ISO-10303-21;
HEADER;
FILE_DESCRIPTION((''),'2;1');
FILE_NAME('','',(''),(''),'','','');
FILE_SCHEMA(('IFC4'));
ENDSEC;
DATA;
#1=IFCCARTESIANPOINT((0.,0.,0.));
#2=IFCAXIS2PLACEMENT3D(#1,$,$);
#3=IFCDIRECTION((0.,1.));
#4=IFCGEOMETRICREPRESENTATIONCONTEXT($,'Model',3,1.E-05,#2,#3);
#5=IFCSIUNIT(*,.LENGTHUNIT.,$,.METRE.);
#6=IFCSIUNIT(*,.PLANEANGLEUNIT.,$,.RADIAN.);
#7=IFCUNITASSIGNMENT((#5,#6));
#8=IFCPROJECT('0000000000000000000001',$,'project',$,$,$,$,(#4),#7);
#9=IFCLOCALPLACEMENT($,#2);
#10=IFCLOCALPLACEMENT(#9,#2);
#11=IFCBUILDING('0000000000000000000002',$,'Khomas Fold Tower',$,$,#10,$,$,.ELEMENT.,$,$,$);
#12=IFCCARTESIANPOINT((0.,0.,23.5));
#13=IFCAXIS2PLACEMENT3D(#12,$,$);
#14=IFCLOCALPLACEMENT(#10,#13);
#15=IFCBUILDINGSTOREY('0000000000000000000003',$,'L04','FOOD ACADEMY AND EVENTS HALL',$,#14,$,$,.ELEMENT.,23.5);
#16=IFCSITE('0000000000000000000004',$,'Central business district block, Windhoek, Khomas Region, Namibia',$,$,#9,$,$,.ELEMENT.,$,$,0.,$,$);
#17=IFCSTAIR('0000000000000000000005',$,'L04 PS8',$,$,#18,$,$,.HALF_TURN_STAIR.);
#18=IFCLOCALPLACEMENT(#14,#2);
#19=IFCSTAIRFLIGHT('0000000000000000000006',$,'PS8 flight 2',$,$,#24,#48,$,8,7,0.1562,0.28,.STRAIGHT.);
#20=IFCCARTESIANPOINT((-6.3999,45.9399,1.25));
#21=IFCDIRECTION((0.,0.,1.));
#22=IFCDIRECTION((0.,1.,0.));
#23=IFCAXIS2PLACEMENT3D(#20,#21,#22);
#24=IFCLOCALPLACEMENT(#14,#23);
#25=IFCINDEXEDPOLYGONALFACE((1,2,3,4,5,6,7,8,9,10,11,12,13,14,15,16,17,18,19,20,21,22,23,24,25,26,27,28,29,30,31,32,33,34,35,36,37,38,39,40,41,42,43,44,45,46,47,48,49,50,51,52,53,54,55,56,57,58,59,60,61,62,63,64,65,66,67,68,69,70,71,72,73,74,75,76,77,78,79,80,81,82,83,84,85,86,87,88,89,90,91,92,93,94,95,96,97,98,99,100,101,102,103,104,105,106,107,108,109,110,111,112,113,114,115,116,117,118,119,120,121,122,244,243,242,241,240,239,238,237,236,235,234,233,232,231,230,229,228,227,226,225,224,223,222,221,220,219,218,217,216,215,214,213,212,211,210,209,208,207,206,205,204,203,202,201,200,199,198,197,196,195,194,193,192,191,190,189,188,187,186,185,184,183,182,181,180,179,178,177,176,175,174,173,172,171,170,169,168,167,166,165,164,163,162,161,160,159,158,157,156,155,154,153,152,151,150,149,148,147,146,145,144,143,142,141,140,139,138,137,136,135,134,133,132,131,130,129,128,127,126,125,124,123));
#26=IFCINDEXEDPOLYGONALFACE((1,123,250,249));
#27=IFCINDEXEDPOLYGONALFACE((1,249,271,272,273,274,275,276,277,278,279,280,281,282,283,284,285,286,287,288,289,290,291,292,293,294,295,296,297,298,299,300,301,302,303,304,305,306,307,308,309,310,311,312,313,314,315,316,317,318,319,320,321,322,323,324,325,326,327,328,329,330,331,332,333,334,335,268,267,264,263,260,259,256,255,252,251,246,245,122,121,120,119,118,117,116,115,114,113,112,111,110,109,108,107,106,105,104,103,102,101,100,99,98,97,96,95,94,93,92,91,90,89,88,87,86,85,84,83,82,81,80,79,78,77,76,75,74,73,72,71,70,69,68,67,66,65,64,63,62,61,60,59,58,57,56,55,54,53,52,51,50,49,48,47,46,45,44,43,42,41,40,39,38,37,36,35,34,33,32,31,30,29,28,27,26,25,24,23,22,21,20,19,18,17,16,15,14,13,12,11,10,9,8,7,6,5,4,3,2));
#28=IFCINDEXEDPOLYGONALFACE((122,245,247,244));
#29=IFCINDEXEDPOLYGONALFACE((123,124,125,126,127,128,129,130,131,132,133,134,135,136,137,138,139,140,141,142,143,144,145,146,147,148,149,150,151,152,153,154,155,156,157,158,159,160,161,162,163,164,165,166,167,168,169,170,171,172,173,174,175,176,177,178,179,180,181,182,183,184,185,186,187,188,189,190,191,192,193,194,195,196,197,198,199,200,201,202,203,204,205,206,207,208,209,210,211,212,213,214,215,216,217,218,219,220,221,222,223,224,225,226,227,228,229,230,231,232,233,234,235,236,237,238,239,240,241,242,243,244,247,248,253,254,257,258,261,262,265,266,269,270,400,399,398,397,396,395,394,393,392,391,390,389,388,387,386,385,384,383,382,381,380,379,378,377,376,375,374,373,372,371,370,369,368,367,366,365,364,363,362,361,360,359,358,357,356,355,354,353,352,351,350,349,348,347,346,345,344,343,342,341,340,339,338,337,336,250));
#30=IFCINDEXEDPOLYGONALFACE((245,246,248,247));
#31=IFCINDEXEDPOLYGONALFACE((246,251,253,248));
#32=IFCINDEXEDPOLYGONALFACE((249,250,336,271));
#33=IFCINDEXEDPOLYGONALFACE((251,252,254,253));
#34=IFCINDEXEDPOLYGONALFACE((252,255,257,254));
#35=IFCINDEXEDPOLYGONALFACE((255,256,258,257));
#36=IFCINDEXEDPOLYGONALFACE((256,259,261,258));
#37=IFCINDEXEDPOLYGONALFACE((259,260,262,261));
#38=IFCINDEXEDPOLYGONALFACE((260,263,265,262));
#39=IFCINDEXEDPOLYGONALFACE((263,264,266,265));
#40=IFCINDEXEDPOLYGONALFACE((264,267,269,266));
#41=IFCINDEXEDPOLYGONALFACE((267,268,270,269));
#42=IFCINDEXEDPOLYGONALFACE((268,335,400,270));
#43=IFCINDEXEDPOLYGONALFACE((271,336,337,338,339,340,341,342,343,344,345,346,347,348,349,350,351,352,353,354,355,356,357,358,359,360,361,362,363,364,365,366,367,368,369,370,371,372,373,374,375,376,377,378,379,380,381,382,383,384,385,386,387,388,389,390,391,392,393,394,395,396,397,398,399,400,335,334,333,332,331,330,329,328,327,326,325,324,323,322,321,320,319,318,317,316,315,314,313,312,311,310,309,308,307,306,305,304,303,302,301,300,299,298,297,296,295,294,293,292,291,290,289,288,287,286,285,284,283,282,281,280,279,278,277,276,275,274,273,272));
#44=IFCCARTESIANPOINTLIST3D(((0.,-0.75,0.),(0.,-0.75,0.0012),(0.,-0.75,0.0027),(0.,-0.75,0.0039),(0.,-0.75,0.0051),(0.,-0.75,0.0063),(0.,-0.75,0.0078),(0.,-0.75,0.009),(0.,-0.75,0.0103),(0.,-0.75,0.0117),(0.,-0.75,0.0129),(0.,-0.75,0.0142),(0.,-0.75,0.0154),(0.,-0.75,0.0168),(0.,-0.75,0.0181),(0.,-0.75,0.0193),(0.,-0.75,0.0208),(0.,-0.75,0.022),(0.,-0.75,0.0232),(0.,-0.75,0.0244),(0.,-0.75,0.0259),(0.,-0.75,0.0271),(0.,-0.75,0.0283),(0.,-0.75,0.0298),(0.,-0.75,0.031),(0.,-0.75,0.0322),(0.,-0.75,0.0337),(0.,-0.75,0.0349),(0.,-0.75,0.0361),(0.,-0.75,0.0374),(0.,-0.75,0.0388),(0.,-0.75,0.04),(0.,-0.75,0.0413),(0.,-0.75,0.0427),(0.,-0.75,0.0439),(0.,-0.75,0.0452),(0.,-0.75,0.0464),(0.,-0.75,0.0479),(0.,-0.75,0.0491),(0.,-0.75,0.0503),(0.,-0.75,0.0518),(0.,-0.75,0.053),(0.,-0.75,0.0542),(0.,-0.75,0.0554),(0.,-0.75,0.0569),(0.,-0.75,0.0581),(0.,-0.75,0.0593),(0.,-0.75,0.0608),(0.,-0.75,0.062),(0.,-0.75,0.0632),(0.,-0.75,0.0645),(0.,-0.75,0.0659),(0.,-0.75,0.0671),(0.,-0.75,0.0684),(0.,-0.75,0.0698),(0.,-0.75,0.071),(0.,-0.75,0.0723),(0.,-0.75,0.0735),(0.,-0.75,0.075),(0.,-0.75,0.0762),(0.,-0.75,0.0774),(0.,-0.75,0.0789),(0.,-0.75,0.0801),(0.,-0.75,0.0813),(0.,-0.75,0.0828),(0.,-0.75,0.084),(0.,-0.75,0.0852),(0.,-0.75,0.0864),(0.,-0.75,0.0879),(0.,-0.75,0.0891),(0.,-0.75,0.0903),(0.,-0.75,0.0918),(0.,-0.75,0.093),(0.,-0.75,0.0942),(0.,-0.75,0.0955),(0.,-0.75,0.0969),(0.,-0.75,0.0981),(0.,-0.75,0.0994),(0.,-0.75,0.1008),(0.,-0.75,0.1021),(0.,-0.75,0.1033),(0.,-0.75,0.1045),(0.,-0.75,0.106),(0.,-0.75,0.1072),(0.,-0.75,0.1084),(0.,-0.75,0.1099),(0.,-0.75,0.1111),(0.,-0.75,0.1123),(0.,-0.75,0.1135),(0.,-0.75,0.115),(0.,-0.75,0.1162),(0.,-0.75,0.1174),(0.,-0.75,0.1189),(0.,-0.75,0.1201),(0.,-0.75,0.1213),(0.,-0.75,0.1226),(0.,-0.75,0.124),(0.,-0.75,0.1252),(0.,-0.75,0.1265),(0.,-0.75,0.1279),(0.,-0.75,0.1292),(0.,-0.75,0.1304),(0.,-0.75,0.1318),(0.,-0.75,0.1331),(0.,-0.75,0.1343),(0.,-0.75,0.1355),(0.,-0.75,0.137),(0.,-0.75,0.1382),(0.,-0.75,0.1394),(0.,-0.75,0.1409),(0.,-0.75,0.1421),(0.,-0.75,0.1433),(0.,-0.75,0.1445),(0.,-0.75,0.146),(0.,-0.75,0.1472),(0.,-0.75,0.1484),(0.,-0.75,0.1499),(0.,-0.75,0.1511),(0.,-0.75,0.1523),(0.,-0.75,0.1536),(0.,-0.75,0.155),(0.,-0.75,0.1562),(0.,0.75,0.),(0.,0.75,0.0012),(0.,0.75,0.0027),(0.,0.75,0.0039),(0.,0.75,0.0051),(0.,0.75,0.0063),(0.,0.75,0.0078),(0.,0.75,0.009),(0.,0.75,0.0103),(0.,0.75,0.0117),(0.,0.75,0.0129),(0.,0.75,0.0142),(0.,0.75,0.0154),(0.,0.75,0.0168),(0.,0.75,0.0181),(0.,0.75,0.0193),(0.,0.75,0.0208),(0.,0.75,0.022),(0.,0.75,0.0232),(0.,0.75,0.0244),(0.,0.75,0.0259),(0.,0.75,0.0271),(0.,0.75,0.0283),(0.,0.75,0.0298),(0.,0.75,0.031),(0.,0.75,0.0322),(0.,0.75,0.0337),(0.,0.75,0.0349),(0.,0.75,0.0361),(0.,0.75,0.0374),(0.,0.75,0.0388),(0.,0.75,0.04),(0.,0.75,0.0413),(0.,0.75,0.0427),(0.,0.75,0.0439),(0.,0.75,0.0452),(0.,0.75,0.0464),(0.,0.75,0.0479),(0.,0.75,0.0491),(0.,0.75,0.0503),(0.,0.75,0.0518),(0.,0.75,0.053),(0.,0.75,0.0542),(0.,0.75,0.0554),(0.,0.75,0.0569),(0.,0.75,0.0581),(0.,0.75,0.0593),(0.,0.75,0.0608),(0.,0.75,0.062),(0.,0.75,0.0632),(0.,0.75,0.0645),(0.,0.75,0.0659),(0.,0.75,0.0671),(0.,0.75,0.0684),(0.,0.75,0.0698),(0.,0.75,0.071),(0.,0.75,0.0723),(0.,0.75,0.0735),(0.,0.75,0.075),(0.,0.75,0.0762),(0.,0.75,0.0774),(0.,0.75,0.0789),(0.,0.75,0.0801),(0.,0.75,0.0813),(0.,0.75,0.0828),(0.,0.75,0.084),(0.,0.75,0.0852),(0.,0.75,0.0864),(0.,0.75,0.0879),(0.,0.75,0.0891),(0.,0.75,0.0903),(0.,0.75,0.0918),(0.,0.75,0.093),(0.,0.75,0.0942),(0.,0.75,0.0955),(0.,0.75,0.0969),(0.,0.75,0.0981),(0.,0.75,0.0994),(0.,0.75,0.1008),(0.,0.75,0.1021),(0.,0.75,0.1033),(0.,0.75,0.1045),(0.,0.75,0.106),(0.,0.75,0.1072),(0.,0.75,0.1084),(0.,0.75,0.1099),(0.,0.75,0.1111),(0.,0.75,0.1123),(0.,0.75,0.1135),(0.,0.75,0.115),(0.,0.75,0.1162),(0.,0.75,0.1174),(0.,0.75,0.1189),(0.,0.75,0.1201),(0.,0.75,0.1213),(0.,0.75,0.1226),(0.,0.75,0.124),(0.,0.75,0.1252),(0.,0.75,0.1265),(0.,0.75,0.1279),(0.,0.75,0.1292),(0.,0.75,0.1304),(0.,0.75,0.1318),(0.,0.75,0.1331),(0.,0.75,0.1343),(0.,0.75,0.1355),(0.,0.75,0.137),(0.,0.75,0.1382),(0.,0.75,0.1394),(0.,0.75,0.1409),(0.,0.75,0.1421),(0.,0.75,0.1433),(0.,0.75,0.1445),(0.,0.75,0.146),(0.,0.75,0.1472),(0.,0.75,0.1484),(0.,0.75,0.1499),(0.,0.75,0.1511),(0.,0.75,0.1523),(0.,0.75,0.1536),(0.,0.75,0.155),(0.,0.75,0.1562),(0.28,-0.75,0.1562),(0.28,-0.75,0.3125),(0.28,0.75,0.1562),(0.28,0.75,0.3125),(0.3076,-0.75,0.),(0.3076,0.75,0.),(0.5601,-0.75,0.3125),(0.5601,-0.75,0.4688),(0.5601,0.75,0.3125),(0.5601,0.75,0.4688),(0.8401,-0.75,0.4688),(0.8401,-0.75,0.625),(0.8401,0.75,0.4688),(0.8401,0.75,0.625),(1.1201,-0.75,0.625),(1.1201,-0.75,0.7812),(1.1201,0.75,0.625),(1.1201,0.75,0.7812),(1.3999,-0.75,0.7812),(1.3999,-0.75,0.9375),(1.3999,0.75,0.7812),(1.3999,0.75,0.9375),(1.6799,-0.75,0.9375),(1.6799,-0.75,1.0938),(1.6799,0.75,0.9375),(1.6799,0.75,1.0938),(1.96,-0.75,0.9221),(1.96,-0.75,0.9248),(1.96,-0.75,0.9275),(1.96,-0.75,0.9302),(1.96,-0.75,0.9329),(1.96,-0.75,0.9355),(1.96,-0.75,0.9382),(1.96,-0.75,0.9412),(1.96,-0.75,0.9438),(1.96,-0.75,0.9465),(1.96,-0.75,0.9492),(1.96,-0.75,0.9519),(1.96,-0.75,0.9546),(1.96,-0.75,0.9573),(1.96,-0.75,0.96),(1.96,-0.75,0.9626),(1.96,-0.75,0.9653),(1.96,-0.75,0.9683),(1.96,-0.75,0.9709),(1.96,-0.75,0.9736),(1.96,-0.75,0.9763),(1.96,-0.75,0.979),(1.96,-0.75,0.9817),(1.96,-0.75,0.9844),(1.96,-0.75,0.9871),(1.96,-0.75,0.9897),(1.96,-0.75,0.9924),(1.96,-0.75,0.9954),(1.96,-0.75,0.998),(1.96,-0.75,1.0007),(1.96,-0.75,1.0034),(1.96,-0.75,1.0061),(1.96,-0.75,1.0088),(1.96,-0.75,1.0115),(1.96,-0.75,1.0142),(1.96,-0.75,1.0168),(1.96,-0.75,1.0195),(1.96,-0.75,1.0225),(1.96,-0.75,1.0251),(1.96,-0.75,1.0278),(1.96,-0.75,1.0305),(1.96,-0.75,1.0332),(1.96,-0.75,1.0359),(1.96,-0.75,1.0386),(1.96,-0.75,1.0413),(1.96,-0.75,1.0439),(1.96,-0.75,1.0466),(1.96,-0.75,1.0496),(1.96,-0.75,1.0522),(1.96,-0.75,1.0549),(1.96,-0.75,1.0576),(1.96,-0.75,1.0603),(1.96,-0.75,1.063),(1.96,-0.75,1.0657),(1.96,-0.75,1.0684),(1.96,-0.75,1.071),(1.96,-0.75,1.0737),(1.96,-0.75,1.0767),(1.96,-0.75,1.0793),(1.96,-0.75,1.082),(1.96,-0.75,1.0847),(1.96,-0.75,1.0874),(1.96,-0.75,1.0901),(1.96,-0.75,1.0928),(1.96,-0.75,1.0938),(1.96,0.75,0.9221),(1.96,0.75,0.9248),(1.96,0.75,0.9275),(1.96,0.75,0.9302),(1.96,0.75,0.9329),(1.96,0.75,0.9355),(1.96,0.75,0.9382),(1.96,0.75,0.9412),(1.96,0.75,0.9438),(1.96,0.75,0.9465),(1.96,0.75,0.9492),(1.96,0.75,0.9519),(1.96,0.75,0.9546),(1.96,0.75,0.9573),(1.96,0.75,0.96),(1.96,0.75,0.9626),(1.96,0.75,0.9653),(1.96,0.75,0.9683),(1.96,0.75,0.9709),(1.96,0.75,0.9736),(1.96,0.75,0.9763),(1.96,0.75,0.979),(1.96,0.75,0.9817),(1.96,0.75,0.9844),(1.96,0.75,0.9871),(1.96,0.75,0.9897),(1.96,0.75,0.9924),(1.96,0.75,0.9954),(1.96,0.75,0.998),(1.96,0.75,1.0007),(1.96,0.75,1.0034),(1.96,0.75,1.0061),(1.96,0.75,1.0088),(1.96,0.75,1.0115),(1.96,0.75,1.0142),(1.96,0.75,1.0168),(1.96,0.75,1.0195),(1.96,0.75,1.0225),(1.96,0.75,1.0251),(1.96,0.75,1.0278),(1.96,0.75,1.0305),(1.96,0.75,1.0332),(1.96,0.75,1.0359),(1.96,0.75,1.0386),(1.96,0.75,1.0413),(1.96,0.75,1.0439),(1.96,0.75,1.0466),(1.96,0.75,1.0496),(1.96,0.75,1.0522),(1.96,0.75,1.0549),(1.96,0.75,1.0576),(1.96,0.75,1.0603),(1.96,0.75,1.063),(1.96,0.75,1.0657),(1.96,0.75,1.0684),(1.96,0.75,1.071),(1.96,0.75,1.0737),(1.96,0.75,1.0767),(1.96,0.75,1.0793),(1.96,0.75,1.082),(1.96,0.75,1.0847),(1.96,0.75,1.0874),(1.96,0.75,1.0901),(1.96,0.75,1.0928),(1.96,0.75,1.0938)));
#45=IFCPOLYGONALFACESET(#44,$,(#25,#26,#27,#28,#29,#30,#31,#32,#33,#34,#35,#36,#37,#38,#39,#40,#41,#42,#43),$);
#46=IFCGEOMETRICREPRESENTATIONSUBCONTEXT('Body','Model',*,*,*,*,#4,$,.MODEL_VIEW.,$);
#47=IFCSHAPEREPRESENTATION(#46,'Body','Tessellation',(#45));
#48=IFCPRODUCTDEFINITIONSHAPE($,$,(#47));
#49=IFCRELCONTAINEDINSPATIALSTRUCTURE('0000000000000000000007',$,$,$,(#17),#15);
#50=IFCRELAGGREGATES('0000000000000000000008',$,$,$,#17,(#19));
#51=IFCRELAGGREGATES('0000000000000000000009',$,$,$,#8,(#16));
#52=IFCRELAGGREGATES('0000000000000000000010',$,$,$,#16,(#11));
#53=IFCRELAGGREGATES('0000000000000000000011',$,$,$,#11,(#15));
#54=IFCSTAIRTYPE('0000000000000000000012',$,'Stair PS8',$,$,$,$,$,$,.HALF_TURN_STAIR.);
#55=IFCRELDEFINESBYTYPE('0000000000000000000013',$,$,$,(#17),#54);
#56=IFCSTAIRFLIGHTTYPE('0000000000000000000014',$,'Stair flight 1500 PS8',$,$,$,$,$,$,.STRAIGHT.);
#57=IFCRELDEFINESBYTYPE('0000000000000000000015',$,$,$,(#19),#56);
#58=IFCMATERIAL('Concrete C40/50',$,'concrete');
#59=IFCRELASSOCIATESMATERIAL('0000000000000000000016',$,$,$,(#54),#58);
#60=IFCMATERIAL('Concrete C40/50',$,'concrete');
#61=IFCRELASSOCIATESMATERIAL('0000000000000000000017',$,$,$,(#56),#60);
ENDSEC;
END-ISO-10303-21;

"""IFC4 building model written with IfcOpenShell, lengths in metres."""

from ifc_helpers import new_model, si_unit, direction, frame, origin, place, context, subcontext, project, spatial, polyline, outline, extrude, source, transform, mapped, material, type_object, element, aggregate, save


model = new_model("IFC4")

# Units and contexts
model_context = context("Model", 3, precision=1e-05, world=origin(), true_north=direction((0.0, 1.0)))
body_context = subcontext(model_context, "Body", "Model", "MODEL_VIEW")
ifc_project = project(units=[si_unit("LENGTHUNIT", "METRE"), si_unit("PLANEANGLEUNIT", "RADIAN")], contexts=[model_context])

# Site, building, storey
site_placement = place(None, origin())
site = spatial("IfcSite", under=ifc_project, at=site_placement, Name="Central business district block, Windhoek, Khomas Region, Namibia", CompositionType="ELEMENT", RefElevation=0.0)
building_placement = place(site_placement, origin())
building = spatial("IfcBuilding", under=site, at=building_placement, Name="Khomas Fold Tower", CompositionType="ELEMENT")
storey_placement = place(building_placement, frame((0.0, 0.0, 23.5)))
storey = spatial("IfcBuildingStorey", under=building, at=storey_placement, Name="L04", Description="FOOD ACADEMY AND EVENTS HALL", CompositionType="ELEMENT", Elevation=23.5)

# Stair, stair flight
ifc_material_1 = material(Name="Concrete C40/50", Category="concrete")
stair_type = type_object("IfcStairType", Name="Stair PS8", PredefinedType="HALF_TURN_STAIR", material=ifc_material_1)
stair_placement = place(storey_placement, origin())
stair = element("IfcStair", 1, at=stair_placement, inside=storey, type_object=stair_type, Name="L04 PS8", PredefinedType="HALF_TURN_STAIR")
ifc_material_2 = material(Name="Concrete C40/50", Category="concrete")
stair_flight_type = type_object("IfcStairFlightType", Name="Stair flight 1500 PS8", PredefinedType="STRAIGHT", material=ifc_material_2)
shared_shape_1 = source(origin(), body_context, "Body", "SweptSolid", [
    extrude(outline(polyline([(0.0, 0.0), (0.0, 0.0012), (0.0, 0.0027), (0.0, 0.0039), (0.0, 0.0051), (0.0, 0.0063), (0.0, 0.0078), (0.0, 0.009), (0.0, 0.0103), (0.0, 0.0117), (0.0, 0.0129), (0.0, 0.0142), (0.0, 0.0154), (0.0, 0.0168), (0.0, 0.0181), (0.0, 0.0193), (0.0, 0.0208), (0.0, 0.022), (0.0, 0.0232), (0.0, 0.0244), (0.0, 0.0259), (0.0, 0.0271), (0.0, 0.0283), (0.0, 0.0298), (0.0, 0.031), (0.0, 0.0322), (0.0, 0.0337), (0.0, 0.0349), (0.0, 0.0361), (0.0, 0.0374), (0.0, 0.0388), (0.0, 0.04), (0.0, 0.0413), (0.0, 0.0427), (0.0, 0.0439), (0.0, 0.0452), (0.0, 0.0464), (0.0, 0.0479), (0.0, 0.0491), (0.0, 0.0503), (0.0, 0.0518), (0.0, 0.053), (0.0, 0.0542), (0.0, 0.0554), (0.0, 0.0569), (0.0, 0.0581), (0.0, 0.0593), (0.0, 0.0608), (0.0, 0.062), (0.0, 0.0632), (0.0, 0.0645), (0.0, 0.0659), (0.0, 0.0671), (0.0, 0.0684), (0.0, 0.0698), (0.0, 0.071), (0.0, 0.0723), (0.0, 0.0735), (0.0, 0.075), (0.0, 0.0762), (0.0, 0.0774), (0.0, 0.0789), (0.0, 0.0801), (0.0, 0.0813), (0.0, 0.0828), (0.0, 0.084), (0.0, 0.0852), (0.0, 0.0864), (0.0, 0.0879), (0.0, 0.0891), (0.0, 0.0903), (0.0, 0.0918), (0.0, 0.093), (0.0, 0.0942), (0.0, 0.0955), (0.0, 0.0969), (0.0, 0.0981), (0.0, 0.0994), (0.0, 0.1008), (0.0, 0.1021), (0.0, 0.1033), (0.0, 0.1045), (0.0, 0.106), (0.0, 0.1072), (0.0, 0.1084), (0.0, 0.1099), (0.0, 0.1111), (0.0, 0.1123), (0.0, 0.1135), (0.0, 0.115), (0.0, 0.1162), (0.0, 0.1174), (0.0, 0.1189), (0.0, 0.1201), (0.0, 0.1213), (0.0, 0.1226), (0.0, 0.124), (0.0, 0.1252), (0.0, 0.1265), (0.0, 0.1279), (0.0, 0.1292), (0.0, 0.1304), (0.0, 0.1318), (0.0, 0.1331), (0.0, 0.1343), (0.0, 0.1355), (0.0, 0.137), (0.0, 0.1382), (0.0, 0.1394), (0.0, 0.1409), (0.0, 0.1421), (0.0, 0.1433), (0.0, 0.1445), (0.0, 0.146), (0.0, 0.1472), (0.0, 0.1484), (0.0, 0.1499), (0.0, 0.1511), (0.0, 0.1523), (0.0, 0.1536), (0.0, 0.155), (0.0, 0.1562), (0.28, 0.1562), (0.28, 0.3125), (0.5601, 0.3125), (0.5601, 0.4688), (0.8401, 0.4688), (0.8401, 0.625), (1.1201, 0.625), (1.1201, 0.7812), (1.3999, 0.7812), (1.3999, 0.9375), (1.6799, 0.9375), (1.6799, 1.0938), (1.96, 1.0938), (1.96, 1.25), (1.96, 1.2473), (1.96, 1.2446), (1.96, 1.2419), (1.96, 1.2393), (1.96, 1.2363), (1.96, 1.2336), (1.96, 1.231), (1.96, 1.2283), (1.96, 1.2256), (1.96, 1.2229), (1.96, 1.2202), (1.96, 1.2175), (1.96, 1.2148), (1.96, 1.2122), (1.96, 1.2092), (1.96, 1.2065), (1.96, 1.2039), (1.96, 1.2012), (1.96, 1.1985), (1.96, 1.1958), (1.96, 1.1931), (1.96, 1.1904), (1.96, 1.1877), (1.96, 1.1851), (1.96, 1.1821), (1.96, 1.1794), (1.96, 1.1768), (1.96, 1.1741), (1.96, 1.1714), (1.96, 1.1687), (1.96, 1.166), (1.96, 1.1633), (1.96, 1.1606), (1.96, 1.158), (1.96, 1.155), (1.96, 1.1523), (1.96, 1.1497), (1.96, 1.147), (1.96, 1.1443), (1.96, 1.1416), (1.96, 1.1389), (1.96, 1.1362), (1.96, 1.1335), (1.96, 1.1309), (1.96, 1.1279), (1.96, 1.1252), (1.96, 1.1226), (1.96, 1.1199), (1.96, 1.1172), (1.96, 1.1145), (1.96, 1.1118), (1.96, 1.1091), (1.96, 1.1064), (1.96, 1.1038), (1.96, 1.1008), (1.96, 1.0981), (1.96, 1.0955), (1.96, 1.0928), (1.96, 1.0901), (1.96, 1.0874), (1.96, 1.0847), (1.96, 1.082), (1.96, 1.0793), (1.96, 1.0767), (1.96, 1.0737), (1.96, 1.071), (1.96, 1.0684), (1.96, 1.0657), (1.96, 1.063), (1.96, 1.0603), (1.96, 1.0576), (1.96, 1.0549), (1.96, 1.0522), (1.96, 1.0496), (1.96, 1.0466), (1.96, 1.0439), (1.96, 1.0413), (1.96, 1.0386), (1.96, 1.0359), (1.96, 1.0332), (1.96, 1.0305), (1.96, 1.0278), (1.96, 1.0251), (1.96, 1.0225), (1.96, 1.0195), (1.96, 1.0168), (1.96, 1.0142), (1.96, 1.0115), (1.96, 1.0088), (1.96, 1.0061), (1.96, 1.0034), (1.96, 1.0007), (1.96, 0.998), (1.96, 0.9954), (1.96, 0.9924), (1.96, 0.9897), (1.96, 0.9871), (1.96, 0.9844), (1.96, 0.9817), (1.96, 0.979), (1.96, 0.9763), (1.96, 0.9736), (1.96, 0.9709), (1.96, 0.9683), (1.96, 0.9653), (1.96, 0.9626), (1.96, 0.96), (1.96, 0.9573), (1.96, 0.9546), (1.96, 0.9519), (1.96, 0.9492), (1.96, 0.9465), (1.96, 0.9438), (1.96, 0.9412), (1.96, 0.9382), (1.96, 0.9355), (1.96, 0.9329), (1.96, 0.9302), (1.96, 0.9275), (1.96, 0.9248), (1.96, 0.9221), (0.3076, 0.0), (0.0, 0.0)])), frame((0.0, 0.75, 0.0), z_axis=(0.0, -1.0, 0.0), x_axis=(1.0, 0.0, 0.0)), (0.0, 0.0, 1.0), 1.5),
])
stair_flight_1_placement = place(storey_placement, frame((-6.3999, 45.9399, 1.25), z_axis=(0.0, 0.0, 1.0), x_axis=(0.0, 1.0, 0.0)))
stair_flight_1 = element("IfcStairFlight", 2, at=stair_flight_1_placement, type_object=stair_flight_type, Name="PS8 flight 2", NumberOfRisers=8, NumberOfTreads=7, PredefinedType="STRAIGHT", RiserHeight=0.1562, TreadLength=0.28, context=body_context, shape_type="MappedRepresentation", body=[
    mapped(shared_shape_1, transform((0.0, 0.0, 0.0))),
])
aggregate(stair, [stair_flight_1])

save(model, "model.ifc")
